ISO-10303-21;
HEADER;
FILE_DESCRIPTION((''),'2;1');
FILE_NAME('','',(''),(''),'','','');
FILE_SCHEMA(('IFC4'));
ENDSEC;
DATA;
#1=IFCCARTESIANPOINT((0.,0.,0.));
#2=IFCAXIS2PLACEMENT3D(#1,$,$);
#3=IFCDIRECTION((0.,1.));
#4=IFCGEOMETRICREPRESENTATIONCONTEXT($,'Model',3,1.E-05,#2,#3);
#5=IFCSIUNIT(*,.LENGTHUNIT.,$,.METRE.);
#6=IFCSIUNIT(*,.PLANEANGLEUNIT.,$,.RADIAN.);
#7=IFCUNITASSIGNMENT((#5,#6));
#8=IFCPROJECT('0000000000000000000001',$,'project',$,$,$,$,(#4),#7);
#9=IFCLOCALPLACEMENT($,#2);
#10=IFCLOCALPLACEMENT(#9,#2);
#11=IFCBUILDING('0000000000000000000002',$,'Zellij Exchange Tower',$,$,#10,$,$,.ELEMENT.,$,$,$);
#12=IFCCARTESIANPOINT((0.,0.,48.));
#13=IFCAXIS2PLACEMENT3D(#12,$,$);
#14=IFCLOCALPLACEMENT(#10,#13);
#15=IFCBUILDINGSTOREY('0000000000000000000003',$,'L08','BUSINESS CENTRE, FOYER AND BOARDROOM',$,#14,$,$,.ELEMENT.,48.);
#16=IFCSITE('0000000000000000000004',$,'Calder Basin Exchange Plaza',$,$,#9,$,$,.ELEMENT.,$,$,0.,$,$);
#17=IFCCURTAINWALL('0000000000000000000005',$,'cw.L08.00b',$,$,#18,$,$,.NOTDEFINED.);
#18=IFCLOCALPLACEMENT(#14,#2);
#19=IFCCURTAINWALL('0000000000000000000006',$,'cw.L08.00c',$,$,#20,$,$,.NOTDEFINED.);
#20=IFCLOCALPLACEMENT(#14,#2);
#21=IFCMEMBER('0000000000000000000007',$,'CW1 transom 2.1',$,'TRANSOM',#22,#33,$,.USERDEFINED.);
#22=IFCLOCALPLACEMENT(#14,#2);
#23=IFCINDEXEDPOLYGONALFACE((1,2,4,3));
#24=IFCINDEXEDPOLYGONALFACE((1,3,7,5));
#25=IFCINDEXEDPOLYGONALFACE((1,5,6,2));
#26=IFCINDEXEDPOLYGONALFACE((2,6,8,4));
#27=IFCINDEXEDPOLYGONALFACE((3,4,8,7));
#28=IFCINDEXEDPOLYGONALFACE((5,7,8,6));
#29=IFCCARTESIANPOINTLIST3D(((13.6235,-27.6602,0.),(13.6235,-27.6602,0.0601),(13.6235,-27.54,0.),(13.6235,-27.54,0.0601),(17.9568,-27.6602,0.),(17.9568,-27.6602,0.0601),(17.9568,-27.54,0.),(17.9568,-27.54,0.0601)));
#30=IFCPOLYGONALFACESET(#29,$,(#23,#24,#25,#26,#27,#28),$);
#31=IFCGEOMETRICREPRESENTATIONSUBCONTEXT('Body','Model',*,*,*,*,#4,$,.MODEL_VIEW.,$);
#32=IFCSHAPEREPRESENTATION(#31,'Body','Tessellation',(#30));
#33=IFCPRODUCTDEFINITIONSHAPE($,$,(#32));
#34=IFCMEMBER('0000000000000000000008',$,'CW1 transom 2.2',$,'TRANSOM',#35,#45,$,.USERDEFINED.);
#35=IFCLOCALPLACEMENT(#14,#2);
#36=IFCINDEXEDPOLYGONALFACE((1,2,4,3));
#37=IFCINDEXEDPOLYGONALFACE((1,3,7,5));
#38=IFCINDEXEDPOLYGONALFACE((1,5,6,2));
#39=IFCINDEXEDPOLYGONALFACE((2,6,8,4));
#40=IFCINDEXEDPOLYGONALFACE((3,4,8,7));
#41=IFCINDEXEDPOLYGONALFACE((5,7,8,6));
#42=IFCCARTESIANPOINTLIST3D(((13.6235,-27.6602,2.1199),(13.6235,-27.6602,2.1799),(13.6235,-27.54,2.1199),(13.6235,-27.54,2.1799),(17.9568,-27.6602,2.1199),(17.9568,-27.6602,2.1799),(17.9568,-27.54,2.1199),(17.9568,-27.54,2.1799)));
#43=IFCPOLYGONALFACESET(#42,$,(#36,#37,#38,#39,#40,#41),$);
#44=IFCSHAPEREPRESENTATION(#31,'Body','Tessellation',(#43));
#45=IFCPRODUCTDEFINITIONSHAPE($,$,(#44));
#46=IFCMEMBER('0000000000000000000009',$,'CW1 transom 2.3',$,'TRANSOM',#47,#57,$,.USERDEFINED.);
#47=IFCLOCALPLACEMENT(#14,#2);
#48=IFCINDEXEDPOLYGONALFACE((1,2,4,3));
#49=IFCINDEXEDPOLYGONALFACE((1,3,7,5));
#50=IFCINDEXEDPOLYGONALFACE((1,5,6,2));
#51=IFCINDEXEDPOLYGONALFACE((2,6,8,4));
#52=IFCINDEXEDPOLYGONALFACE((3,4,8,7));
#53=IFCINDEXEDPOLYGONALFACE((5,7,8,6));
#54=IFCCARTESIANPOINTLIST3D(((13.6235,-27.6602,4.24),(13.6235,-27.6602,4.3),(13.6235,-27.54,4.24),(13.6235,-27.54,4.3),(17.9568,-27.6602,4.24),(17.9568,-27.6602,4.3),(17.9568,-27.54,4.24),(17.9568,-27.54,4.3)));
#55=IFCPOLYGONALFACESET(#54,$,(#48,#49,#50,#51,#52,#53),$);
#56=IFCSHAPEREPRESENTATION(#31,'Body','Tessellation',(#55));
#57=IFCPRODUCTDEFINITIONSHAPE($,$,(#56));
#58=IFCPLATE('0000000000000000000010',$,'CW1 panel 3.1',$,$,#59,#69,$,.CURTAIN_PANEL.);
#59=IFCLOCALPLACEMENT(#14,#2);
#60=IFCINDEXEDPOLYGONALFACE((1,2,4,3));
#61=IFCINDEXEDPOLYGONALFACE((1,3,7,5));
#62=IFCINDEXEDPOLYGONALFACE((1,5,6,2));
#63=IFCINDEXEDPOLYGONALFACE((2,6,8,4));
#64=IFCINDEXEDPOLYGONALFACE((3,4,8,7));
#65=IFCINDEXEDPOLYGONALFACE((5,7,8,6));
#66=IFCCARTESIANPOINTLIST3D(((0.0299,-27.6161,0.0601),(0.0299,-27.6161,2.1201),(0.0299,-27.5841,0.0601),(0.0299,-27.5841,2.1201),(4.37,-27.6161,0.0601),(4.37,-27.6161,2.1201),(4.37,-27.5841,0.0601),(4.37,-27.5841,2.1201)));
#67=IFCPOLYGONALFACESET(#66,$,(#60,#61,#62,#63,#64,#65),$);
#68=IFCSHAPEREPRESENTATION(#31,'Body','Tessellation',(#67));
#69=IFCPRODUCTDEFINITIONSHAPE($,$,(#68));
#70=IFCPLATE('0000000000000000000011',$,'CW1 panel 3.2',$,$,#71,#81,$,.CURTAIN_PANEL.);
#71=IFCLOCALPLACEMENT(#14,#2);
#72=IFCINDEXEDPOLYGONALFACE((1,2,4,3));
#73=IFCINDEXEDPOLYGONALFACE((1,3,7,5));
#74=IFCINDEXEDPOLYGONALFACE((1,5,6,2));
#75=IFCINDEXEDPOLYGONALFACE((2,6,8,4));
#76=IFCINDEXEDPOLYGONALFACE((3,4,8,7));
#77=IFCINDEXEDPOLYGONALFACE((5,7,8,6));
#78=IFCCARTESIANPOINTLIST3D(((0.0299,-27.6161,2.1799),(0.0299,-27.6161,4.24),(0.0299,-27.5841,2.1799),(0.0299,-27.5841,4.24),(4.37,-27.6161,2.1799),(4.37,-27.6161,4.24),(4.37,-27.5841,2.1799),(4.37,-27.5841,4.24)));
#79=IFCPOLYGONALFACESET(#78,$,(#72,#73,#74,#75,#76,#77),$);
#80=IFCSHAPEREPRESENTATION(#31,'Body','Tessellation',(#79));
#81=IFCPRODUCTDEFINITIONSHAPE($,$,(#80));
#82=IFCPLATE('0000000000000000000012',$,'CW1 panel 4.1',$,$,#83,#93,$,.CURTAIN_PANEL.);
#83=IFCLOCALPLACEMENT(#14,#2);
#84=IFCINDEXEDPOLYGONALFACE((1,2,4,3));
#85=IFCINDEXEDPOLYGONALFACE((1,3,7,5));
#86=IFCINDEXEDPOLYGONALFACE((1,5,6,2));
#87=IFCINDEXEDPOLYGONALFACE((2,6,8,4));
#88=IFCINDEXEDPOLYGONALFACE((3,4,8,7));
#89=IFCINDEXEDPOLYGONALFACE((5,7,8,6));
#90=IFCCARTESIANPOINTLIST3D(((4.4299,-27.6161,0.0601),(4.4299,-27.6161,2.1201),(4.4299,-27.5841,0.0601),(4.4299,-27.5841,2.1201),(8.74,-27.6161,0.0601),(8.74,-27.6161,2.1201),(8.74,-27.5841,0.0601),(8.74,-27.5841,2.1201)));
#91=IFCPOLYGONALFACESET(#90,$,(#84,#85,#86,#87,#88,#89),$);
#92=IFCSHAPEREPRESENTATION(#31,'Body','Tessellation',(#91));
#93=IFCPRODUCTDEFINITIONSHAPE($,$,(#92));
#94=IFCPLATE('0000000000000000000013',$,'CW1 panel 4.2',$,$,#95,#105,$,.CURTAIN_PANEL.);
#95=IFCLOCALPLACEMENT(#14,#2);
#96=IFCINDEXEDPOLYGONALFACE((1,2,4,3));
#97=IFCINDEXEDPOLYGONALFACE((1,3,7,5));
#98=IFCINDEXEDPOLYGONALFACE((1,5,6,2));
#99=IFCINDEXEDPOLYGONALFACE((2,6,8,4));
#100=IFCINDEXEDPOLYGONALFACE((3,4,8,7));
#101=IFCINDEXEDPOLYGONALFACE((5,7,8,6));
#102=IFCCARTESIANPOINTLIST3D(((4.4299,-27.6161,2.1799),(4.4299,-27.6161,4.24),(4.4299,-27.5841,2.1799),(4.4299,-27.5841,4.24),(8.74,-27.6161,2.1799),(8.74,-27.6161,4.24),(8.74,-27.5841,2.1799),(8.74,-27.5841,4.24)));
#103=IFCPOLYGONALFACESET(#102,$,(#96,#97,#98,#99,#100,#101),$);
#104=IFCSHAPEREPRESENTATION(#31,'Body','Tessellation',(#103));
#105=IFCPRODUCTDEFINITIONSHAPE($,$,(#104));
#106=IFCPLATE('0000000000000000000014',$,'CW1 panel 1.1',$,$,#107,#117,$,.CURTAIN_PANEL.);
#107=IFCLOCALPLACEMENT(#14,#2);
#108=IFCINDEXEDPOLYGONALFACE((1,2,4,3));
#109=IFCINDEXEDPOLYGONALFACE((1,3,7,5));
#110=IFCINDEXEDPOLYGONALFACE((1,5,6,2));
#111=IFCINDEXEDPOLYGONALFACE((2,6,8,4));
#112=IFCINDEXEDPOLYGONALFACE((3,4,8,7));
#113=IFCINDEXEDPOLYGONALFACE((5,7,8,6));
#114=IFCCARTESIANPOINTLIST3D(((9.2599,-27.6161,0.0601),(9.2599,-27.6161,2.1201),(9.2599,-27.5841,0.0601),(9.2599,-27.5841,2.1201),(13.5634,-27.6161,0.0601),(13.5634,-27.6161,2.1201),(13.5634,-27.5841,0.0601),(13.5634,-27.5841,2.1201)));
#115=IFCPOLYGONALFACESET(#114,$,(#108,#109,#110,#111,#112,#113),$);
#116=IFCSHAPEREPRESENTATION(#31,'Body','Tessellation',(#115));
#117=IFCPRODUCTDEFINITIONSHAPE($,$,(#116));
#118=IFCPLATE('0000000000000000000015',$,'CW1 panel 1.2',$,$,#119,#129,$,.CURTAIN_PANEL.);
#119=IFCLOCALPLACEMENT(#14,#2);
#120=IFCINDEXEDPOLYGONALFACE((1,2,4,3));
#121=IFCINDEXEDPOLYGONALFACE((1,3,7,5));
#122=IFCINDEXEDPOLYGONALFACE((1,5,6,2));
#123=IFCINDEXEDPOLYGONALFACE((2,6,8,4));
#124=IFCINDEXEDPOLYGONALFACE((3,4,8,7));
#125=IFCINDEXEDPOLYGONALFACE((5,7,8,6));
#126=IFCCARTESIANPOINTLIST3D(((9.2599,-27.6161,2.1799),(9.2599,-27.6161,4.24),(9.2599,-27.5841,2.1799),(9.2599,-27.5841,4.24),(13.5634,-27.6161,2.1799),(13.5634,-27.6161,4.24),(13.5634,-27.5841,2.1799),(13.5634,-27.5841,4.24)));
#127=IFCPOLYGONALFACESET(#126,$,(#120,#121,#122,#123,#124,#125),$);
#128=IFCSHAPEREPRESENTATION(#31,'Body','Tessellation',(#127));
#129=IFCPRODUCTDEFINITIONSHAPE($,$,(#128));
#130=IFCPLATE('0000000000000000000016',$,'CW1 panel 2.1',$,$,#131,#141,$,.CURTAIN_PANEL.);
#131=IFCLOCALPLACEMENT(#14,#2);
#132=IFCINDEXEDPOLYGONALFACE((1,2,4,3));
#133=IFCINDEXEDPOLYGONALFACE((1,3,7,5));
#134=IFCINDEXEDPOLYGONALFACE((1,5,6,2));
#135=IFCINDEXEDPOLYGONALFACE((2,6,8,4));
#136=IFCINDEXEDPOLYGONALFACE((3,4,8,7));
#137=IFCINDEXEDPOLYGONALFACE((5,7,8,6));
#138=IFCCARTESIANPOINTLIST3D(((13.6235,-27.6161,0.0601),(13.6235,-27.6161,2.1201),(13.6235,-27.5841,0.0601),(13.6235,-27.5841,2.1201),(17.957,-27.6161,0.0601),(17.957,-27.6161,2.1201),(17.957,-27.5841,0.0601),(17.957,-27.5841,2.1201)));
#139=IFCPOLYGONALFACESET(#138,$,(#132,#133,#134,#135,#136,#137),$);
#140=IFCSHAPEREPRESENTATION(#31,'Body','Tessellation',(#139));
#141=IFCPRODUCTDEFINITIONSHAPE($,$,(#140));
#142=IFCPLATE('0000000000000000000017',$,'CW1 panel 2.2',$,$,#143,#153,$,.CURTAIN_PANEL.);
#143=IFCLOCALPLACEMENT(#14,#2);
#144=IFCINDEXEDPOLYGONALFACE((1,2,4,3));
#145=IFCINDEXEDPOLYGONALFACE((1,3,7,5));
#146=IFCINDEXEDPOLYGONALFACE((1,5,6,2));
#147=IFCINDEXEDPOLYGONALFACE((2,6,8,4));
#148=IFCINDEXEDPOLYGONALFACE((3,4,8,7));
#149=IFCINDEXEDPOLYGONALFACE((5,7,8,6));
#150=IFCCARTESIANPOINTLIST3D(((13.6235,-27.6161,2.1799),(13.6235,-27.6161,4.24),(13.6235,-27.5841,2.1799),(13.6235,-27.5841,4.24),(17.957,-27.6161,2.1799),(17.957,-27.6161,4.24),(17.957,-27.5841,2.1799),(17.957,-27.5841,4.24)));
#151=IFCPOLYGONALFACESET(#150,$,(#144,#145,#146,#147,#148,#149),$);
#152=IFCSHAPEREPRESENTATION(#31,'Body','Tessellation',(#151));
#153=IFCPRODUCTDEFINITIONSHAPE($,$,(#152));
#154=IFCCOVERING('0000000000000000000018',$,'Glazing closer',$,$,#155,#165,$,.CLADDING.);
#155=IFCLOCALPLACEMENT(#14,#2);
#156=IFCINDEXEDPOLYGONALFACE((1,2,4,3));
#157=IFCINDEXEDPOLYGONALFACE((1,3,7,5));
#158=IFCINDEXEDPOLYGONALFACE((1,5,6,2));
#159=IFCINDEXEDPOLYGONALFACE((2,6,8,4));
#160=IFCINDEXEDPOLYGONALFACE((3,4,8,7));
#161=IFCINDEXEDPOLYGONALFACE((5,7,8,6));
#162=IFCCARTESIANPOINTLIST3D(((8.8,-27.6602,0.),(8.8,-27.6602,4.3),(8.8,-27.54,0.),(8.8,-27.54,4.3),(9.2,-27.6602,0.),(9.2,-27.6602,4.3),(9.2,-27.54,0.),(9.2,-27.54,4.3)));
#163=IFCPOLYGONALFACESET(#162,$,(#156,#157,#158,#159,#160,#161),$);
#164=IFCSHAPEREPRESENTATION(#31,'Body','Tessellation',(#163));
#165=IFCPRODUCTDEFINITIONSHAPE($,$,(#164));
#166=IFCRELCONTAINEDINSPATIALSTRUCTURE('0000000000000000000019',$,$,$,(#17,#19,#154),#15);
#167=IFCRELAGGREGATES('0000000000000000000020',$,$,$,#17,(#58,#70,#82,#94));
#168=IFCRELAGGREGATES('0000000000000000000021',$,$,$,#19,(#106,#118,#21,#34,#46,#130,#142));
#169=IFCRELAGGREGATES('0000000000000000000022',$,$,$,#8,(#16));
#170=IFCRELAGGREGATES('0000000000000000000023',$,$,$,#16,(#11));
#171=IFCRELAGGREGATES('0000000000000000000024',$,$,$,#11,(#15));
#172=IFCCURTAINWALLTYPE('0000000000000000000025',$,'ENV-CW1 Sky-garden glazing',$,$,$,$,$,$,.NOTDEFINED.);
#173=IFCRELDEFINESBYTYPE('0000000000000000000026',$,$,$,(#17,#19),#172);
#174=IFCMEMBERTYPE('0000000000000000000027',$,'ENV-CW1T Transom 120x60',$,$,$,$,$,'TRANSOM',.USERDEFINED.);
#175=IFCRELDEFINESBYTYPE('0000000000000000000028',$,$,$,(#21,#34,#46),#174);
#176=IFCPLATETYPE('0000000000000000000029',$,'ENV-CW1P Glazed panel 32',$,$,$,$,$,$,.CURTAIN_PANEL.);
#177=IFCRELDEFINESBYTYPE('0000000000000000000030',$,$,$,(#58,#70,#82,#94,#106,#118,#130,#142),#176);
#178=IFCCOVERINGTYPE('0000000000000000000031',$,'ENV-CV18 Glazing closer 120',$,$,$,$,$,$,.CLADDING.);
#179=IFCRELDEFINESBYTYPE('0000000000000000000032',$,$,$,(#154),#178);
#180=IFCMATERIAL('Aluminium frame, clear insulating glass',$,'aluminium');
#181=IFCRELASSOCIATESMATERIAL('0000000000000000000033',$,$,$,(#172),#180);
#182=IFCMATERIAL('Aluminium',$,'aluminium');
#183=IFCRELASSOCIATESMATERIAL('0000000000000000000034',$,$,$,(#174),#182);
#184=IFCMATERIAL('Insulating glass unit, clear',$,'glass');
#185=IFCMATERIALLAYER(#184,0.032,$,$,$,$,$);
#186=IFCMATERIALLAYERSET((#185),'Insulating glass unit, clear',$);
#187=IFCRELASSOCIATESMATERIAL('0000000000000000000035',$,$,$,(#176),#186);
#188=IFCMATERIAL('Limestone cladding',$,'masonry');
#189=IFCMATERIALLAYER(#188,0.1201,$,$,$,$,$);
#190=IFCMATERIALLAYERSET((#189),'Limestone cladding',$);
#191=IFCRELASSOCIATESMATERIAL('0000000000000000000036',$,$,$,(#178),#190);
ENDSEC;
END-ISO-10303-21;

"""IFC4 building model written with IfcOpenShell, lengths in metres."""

from ifc_helpers import new_model, si_unit, direction, frame, origin, origin_2d, place, context, subcontext, project, spatial, rectangle, extrude, material, layer, layer_set, material_profile, profile_set, type_object, element, aggregate, save


model = new_model("IFC4")

# Units and contexts
model_context = context("Model", 3, precision=1e-05, world=origin(), true_north=direction((0.0, 1.0)))
body_context = subcontext(model_context, "Body", "Model", "MODEL_VIEW")
ifc_project = project(units=[si_unit("LENGTHUNIT", "METRE"), si_unit("PLANEANGLEUNIT", "RADIAN")], contexts=[model_context])

# Site, building, storey
site_placement = place(None, origin())
site = spatial("IfcSite", under=ifc_project, at=site_placement, Name="Calder Basin Exchange Plaza", CompositionType="ELEMENT", RefElevation=0.0)
building_placement = place(site_placement, origin())
building = spatial("IfcBuilding", under=site, at=building_placement, Name="Zellij Exchange Tower", CompositionType="ELEMENT")
storey_placement = place(building_placement, frame((0.0, 0.0, 48.0)))
storey = spatial("IfcBuildingStorey", under=building, at=storey_placement, Name="L08", Description="BUSINESS CENTRE, FOYER AND BOARDROOM", CompositionType="ELEMENT", Elevation=48.0)

# Curtain walls
ifc_material_1 = material(Name="Aluminium frame, clear insulating glass", Category="aluminium")
curtain_wall_type = type_object("IfcCurtainWallType", Name="ENV-CW1 Sky-garden glazing", PredefinedType="NOTDEFINED", material=ifc_material_1)
curtain_wall_1_placement = place(storey_placement, origin())
curtain_wall_1 = element("IfcCurtainWall", 1, at=curtain_wall_1_placement, inside=storey, type_object=curtain_wall_type, Name="cw.L08.00b", PredefinedType="NOTDEFINED")
ifc_material_2 = material(Name="Aluminium", Category="aluminium")
curtain_wall_2_placement = place(storey_placement, origin())
curtain_wall_2 = element("IfcCurtainWall", 2, at=curtain_wall_2_placement, inside=storey, type_object=curtain_wall_type, Name="cw.L08.00c", PredefinedType="NOTDEFINED")

# Members
ifc_material_profile_1 = material_profile(ifc_material_2, rectangle(XDim=0.1201, YDim=0.0601, at=origin_2d()), Name="AL 120x60")
ifc_profile_set_1 = profile_set([ifc_material_profile_1], Name="Aluminium")
member_type_1 = type_object("IfcMemberType", Name="ENV-CW1T Transom 120x60", ElementType="TRANSOM", PredefinedType="USERDEFINED", material=ifc_profile_set_1)
member_1_placement = place(storey_placement, frame((13.6235, -27.6001, 0.03), z_axis=(1.0, 0.0, 0.0), x_axis=(0.0, 1.0, 0.0)))
member_1 = element("IfcMember", 3, at=member_1_placement, type_object=member_type_1, Name="CW1 transom 2.1", ObjectType="TRANSOM", PredefinedType="USERDEFINED", context=body_context, shape_type="SweptSolid", body=[
    extrude(rectangle(XDim=0.1201, YDim=0.0601, at=origin_2d()), origin(), (0.0, 0.0, 1.0), 4.3333),
])
member_2_placement = place(storey_placement, frame((13.6235, -27.6001, 2.1499), z_axis=(1.0, 0.0, 0.0), x_axis=(0.0, 1.0, 0.0)))
member_2 = element("IfcMember", 4, at=member_2_placement, type_object=member_type_1, Name="CW1 transom 2.2", ObjectType="TRANSOM", PredefinedType="USERDEFINED", context=body_context, shape_type="SweptSolid", body=[
    extrude(rectangle(XDim=0.1201, YDim=0.0601, at=origin_2d()), origin(), (0.0, 0.0, 1.0), 4.3333),
])
member_3_placement = place(storey_placement, frame((13.6235, -27.6001, 4.27), z_axis=(1.0, 0.0, 0.0), x_axis=(0.0, 1.0, 0.0)))
member_3 = element("IfcMember", 5, at=member_3_placement, type_object=member_type_1, Name="CW1 transom 2.3", ObjectType="TRANSOM", PredefinedType="USERDEFINED", context=body_context, shape_type="SweptSolid", body=[
    extrude(rectangle(XDim=0.1201, YDim=0.0601, at=origin_2d()), origin(), (0.0, 0.0, 1.0), 4.3333),
])

# Plates
ifc_material_3 = material(Name="Insulating glass unit, clear", Category="glass")
ifc_layer_1 = layer(ifc_material_3, 0.032)
ifc_layer_set_1 = layer_set([ifc_layer_1], Name="Insulating glass unit, clear")
plate_type = type_object("IfcPlateType", Name="ENV-CW1P Glazed panel 32", PredefinedType="CURTAIN_PANEL", material=ifc_layer_set_1)
plate_1_placement = place(storey_placement, frame((2.2, -27.6001, 0.0601), z_axis=(0.0, 0.0, 1.0), x_axis=(1.0, 0.0, 0.0)))
plate_1 = element("IfcPlate", 6, at=plate_1_placement, type_object=plate_type, Name="CW1 panel 3.1", PredefinedType="CURTAIN_PANEL", context=body_context, shape_type="SweptSolid", body=[
    extrude(rectangle(XDim=4.3401, YDim=0.032, at=origin_2d()), origin(), (0.0, 0.0, 1.0), 2.0601),
])
plate_2_placement = place(storey_placement, frame((2.2, -27.6001, 2.1799), z_axis=(0.0, 0.0, 1.0), x_axis=(1.0, 0.0, 0.0)))
plate_2 = element("IfcPlate", 7, at=plate_2_placement, type_object=plate_type, Name="CW1 panel 3.2", PredefinedType="CURTAIN_PANEL", context=body_context, shape_type="SweptSolid", body=[
    extrude(rectangle(XDim=4.3401, YDim=0.032, at=origin_2d()), origin(), (0.0, 0.0, 1.0), 2.0601),
])
plate_3_placement = place(storey_placement, frame((6.585, -27.6001, 0.0601), z_axis=(0.0, 0.0, 1.0), x_axis=(1.0, 0.0, 0.0)))
plate_3 = element("IfcPlate", 8, at=plate_3_placement, type_object=plate_type, Name="CW1 panel 4.1", PredefinedType="CURTAIN_PANEL", context=body_context, shape_type="SweptSolid", body=[
    extrude(rectangle(XDim=4.3101, YDim=0.032, at=origin_2d()), origin(), (0.0, 0.0, 1.0), 2.0601),
])
plate_4_placement = place(storey_placement, frame((6.585, -27.6001, 2.1799), z_axis=(0.0, 0.0, 1.0), x_axis=(1.0, 0.0, 0.0)))
plate_4 = element("IfcPlate", 9, at=plate_4_placement, type_object=plate_type, Name="CW1 panel 4.2", PredefinedType="CURTAIN_PANEL", context=body_context, shape_type="SweptSolid", body=[
    extrude(rectangle(XDim=4.3101, YDim=0.032, at=origin_2d()), origin(), (0.0, 0.0, 1.0), 2.0601),
])
aggregate(curtain_wall_1, [plate_1, plate_2, plate_3, plate_4])
plate_5_placement = place(storey_placement, frame((11.4116, -27.6001, 0.0601), z_axis=(0.0, 0.0, 1.0), x_axis=(1.0, 0.0, 0.0)))
plate_5 = element("IfcPlate", 10, at=plate_5_placement, type_object=plate_type, Name="CW1 panel 1.1", PredefinedType="CURTAIN_PANEL", context=body_context, shape_type="SweptSolid", body=[
    extrude(rectangle(XDim=4.3035, YDim=0.032, at=origin_2d()), origin(), (0.0, 0.0, 1.0), 2.0601),
])
plate_6_placement = place(storey_placement, frame((11.4116, -27.6001, 2.1799), z_axis=(0.0, 0.0, 1.0), x_axis=(1.0, 0.0, 0.0)))
plate_6 = element("IfcPlate", 11, at=plate_6_placement, type_object=plate_type, Name="CW1 panel 1.2", PredefinedType="CURTAIN_PANEL", context=body_context, shape_type="SweptSolid", body=[
    extrude(rectangle(XDim=4.3035, YDim=0.032, at=origin_2d()), origin(), (0.0, 0.0, 1.0), 2.0601),
])
plate_7_placement = place(storey_placement, frame((15.7903, -27.6001, 0.0601), z_axis=(0.0, 0.0, 1.0), x_axis=(1.0, 0.0, 0.0)))
plate_7 = element("IfcPlate", 12, at=plate_7_placement, type_object=plate_type, Name="CW1 panel 2.1", PredefinedType="CURTAIN_PANEL", context=body_context, shape_type="SweptSolid", body=[
    extrude(rectangle(XDim=4.3335, YDim=0.032, at=origin_2d()), origin(), (0.0, 0.0, 1.0), 2.0601),
])
plate_8_placement = place(storey_placement, frame((15.7903, -27.6001, 2.1799), z_axis=(0.0, 0.0, 1.0), x_axis=(1.0, 0.0, 0.0)))
plate_8 = element("IfcPlate", 13, at=plate_8_placement, type_object=plate_type, Name="CW1 panel 2.2", PredefinedType="CURTAIN_PANEL", context=body_context, shape_type="SweptSolid", body=[
    extrude(rectangle(XDim=4.3335, YDim=0.032, at=origin_2d()), origin(), (0.0, 0.0, 1.0), 2.0601),
])
aggregate(curtain_wall_2, [plate_5, plate_6, member_1, member_2, member_3, plate_7, plate_8])

# Covering
ifc_material_4 = material(Name="Limestone cladding", Category="masonry")
ifc_layer_2 = layer(ifc_material_4, 0.1201)
ifc_layer_set_2 = layer_set([ifc_layer_2], Name="Limestone cladding")
covering_type_1 = type_object("IfcCoveringType", Name="ENV-CV18 Glazing closer 120", PredefinedType="CLADDING", material=ifc_layer_set_2)
covering_1_placement = place(storey_placement, frame((9.0, -27.6001, 0.0), z_axis=(0.0, 0.0, 1.0), x_axis=(1.0, 0.0, 0.0)))
element("IfcCovering", 14, at=covering_1_placement, inside=storey, type_object=covering_type_1, Name="Glazing closer", PredefinedType="CLADDING", context=body_context, shape_type="SweptSolid", body=[
    extrude(rectangle(XDim=0.3999, YDim=0.1201, at=origin_2d()), origin(), (0.0, 0.0, 1.0), 4.3),
])

save(model, "model.ifc")
